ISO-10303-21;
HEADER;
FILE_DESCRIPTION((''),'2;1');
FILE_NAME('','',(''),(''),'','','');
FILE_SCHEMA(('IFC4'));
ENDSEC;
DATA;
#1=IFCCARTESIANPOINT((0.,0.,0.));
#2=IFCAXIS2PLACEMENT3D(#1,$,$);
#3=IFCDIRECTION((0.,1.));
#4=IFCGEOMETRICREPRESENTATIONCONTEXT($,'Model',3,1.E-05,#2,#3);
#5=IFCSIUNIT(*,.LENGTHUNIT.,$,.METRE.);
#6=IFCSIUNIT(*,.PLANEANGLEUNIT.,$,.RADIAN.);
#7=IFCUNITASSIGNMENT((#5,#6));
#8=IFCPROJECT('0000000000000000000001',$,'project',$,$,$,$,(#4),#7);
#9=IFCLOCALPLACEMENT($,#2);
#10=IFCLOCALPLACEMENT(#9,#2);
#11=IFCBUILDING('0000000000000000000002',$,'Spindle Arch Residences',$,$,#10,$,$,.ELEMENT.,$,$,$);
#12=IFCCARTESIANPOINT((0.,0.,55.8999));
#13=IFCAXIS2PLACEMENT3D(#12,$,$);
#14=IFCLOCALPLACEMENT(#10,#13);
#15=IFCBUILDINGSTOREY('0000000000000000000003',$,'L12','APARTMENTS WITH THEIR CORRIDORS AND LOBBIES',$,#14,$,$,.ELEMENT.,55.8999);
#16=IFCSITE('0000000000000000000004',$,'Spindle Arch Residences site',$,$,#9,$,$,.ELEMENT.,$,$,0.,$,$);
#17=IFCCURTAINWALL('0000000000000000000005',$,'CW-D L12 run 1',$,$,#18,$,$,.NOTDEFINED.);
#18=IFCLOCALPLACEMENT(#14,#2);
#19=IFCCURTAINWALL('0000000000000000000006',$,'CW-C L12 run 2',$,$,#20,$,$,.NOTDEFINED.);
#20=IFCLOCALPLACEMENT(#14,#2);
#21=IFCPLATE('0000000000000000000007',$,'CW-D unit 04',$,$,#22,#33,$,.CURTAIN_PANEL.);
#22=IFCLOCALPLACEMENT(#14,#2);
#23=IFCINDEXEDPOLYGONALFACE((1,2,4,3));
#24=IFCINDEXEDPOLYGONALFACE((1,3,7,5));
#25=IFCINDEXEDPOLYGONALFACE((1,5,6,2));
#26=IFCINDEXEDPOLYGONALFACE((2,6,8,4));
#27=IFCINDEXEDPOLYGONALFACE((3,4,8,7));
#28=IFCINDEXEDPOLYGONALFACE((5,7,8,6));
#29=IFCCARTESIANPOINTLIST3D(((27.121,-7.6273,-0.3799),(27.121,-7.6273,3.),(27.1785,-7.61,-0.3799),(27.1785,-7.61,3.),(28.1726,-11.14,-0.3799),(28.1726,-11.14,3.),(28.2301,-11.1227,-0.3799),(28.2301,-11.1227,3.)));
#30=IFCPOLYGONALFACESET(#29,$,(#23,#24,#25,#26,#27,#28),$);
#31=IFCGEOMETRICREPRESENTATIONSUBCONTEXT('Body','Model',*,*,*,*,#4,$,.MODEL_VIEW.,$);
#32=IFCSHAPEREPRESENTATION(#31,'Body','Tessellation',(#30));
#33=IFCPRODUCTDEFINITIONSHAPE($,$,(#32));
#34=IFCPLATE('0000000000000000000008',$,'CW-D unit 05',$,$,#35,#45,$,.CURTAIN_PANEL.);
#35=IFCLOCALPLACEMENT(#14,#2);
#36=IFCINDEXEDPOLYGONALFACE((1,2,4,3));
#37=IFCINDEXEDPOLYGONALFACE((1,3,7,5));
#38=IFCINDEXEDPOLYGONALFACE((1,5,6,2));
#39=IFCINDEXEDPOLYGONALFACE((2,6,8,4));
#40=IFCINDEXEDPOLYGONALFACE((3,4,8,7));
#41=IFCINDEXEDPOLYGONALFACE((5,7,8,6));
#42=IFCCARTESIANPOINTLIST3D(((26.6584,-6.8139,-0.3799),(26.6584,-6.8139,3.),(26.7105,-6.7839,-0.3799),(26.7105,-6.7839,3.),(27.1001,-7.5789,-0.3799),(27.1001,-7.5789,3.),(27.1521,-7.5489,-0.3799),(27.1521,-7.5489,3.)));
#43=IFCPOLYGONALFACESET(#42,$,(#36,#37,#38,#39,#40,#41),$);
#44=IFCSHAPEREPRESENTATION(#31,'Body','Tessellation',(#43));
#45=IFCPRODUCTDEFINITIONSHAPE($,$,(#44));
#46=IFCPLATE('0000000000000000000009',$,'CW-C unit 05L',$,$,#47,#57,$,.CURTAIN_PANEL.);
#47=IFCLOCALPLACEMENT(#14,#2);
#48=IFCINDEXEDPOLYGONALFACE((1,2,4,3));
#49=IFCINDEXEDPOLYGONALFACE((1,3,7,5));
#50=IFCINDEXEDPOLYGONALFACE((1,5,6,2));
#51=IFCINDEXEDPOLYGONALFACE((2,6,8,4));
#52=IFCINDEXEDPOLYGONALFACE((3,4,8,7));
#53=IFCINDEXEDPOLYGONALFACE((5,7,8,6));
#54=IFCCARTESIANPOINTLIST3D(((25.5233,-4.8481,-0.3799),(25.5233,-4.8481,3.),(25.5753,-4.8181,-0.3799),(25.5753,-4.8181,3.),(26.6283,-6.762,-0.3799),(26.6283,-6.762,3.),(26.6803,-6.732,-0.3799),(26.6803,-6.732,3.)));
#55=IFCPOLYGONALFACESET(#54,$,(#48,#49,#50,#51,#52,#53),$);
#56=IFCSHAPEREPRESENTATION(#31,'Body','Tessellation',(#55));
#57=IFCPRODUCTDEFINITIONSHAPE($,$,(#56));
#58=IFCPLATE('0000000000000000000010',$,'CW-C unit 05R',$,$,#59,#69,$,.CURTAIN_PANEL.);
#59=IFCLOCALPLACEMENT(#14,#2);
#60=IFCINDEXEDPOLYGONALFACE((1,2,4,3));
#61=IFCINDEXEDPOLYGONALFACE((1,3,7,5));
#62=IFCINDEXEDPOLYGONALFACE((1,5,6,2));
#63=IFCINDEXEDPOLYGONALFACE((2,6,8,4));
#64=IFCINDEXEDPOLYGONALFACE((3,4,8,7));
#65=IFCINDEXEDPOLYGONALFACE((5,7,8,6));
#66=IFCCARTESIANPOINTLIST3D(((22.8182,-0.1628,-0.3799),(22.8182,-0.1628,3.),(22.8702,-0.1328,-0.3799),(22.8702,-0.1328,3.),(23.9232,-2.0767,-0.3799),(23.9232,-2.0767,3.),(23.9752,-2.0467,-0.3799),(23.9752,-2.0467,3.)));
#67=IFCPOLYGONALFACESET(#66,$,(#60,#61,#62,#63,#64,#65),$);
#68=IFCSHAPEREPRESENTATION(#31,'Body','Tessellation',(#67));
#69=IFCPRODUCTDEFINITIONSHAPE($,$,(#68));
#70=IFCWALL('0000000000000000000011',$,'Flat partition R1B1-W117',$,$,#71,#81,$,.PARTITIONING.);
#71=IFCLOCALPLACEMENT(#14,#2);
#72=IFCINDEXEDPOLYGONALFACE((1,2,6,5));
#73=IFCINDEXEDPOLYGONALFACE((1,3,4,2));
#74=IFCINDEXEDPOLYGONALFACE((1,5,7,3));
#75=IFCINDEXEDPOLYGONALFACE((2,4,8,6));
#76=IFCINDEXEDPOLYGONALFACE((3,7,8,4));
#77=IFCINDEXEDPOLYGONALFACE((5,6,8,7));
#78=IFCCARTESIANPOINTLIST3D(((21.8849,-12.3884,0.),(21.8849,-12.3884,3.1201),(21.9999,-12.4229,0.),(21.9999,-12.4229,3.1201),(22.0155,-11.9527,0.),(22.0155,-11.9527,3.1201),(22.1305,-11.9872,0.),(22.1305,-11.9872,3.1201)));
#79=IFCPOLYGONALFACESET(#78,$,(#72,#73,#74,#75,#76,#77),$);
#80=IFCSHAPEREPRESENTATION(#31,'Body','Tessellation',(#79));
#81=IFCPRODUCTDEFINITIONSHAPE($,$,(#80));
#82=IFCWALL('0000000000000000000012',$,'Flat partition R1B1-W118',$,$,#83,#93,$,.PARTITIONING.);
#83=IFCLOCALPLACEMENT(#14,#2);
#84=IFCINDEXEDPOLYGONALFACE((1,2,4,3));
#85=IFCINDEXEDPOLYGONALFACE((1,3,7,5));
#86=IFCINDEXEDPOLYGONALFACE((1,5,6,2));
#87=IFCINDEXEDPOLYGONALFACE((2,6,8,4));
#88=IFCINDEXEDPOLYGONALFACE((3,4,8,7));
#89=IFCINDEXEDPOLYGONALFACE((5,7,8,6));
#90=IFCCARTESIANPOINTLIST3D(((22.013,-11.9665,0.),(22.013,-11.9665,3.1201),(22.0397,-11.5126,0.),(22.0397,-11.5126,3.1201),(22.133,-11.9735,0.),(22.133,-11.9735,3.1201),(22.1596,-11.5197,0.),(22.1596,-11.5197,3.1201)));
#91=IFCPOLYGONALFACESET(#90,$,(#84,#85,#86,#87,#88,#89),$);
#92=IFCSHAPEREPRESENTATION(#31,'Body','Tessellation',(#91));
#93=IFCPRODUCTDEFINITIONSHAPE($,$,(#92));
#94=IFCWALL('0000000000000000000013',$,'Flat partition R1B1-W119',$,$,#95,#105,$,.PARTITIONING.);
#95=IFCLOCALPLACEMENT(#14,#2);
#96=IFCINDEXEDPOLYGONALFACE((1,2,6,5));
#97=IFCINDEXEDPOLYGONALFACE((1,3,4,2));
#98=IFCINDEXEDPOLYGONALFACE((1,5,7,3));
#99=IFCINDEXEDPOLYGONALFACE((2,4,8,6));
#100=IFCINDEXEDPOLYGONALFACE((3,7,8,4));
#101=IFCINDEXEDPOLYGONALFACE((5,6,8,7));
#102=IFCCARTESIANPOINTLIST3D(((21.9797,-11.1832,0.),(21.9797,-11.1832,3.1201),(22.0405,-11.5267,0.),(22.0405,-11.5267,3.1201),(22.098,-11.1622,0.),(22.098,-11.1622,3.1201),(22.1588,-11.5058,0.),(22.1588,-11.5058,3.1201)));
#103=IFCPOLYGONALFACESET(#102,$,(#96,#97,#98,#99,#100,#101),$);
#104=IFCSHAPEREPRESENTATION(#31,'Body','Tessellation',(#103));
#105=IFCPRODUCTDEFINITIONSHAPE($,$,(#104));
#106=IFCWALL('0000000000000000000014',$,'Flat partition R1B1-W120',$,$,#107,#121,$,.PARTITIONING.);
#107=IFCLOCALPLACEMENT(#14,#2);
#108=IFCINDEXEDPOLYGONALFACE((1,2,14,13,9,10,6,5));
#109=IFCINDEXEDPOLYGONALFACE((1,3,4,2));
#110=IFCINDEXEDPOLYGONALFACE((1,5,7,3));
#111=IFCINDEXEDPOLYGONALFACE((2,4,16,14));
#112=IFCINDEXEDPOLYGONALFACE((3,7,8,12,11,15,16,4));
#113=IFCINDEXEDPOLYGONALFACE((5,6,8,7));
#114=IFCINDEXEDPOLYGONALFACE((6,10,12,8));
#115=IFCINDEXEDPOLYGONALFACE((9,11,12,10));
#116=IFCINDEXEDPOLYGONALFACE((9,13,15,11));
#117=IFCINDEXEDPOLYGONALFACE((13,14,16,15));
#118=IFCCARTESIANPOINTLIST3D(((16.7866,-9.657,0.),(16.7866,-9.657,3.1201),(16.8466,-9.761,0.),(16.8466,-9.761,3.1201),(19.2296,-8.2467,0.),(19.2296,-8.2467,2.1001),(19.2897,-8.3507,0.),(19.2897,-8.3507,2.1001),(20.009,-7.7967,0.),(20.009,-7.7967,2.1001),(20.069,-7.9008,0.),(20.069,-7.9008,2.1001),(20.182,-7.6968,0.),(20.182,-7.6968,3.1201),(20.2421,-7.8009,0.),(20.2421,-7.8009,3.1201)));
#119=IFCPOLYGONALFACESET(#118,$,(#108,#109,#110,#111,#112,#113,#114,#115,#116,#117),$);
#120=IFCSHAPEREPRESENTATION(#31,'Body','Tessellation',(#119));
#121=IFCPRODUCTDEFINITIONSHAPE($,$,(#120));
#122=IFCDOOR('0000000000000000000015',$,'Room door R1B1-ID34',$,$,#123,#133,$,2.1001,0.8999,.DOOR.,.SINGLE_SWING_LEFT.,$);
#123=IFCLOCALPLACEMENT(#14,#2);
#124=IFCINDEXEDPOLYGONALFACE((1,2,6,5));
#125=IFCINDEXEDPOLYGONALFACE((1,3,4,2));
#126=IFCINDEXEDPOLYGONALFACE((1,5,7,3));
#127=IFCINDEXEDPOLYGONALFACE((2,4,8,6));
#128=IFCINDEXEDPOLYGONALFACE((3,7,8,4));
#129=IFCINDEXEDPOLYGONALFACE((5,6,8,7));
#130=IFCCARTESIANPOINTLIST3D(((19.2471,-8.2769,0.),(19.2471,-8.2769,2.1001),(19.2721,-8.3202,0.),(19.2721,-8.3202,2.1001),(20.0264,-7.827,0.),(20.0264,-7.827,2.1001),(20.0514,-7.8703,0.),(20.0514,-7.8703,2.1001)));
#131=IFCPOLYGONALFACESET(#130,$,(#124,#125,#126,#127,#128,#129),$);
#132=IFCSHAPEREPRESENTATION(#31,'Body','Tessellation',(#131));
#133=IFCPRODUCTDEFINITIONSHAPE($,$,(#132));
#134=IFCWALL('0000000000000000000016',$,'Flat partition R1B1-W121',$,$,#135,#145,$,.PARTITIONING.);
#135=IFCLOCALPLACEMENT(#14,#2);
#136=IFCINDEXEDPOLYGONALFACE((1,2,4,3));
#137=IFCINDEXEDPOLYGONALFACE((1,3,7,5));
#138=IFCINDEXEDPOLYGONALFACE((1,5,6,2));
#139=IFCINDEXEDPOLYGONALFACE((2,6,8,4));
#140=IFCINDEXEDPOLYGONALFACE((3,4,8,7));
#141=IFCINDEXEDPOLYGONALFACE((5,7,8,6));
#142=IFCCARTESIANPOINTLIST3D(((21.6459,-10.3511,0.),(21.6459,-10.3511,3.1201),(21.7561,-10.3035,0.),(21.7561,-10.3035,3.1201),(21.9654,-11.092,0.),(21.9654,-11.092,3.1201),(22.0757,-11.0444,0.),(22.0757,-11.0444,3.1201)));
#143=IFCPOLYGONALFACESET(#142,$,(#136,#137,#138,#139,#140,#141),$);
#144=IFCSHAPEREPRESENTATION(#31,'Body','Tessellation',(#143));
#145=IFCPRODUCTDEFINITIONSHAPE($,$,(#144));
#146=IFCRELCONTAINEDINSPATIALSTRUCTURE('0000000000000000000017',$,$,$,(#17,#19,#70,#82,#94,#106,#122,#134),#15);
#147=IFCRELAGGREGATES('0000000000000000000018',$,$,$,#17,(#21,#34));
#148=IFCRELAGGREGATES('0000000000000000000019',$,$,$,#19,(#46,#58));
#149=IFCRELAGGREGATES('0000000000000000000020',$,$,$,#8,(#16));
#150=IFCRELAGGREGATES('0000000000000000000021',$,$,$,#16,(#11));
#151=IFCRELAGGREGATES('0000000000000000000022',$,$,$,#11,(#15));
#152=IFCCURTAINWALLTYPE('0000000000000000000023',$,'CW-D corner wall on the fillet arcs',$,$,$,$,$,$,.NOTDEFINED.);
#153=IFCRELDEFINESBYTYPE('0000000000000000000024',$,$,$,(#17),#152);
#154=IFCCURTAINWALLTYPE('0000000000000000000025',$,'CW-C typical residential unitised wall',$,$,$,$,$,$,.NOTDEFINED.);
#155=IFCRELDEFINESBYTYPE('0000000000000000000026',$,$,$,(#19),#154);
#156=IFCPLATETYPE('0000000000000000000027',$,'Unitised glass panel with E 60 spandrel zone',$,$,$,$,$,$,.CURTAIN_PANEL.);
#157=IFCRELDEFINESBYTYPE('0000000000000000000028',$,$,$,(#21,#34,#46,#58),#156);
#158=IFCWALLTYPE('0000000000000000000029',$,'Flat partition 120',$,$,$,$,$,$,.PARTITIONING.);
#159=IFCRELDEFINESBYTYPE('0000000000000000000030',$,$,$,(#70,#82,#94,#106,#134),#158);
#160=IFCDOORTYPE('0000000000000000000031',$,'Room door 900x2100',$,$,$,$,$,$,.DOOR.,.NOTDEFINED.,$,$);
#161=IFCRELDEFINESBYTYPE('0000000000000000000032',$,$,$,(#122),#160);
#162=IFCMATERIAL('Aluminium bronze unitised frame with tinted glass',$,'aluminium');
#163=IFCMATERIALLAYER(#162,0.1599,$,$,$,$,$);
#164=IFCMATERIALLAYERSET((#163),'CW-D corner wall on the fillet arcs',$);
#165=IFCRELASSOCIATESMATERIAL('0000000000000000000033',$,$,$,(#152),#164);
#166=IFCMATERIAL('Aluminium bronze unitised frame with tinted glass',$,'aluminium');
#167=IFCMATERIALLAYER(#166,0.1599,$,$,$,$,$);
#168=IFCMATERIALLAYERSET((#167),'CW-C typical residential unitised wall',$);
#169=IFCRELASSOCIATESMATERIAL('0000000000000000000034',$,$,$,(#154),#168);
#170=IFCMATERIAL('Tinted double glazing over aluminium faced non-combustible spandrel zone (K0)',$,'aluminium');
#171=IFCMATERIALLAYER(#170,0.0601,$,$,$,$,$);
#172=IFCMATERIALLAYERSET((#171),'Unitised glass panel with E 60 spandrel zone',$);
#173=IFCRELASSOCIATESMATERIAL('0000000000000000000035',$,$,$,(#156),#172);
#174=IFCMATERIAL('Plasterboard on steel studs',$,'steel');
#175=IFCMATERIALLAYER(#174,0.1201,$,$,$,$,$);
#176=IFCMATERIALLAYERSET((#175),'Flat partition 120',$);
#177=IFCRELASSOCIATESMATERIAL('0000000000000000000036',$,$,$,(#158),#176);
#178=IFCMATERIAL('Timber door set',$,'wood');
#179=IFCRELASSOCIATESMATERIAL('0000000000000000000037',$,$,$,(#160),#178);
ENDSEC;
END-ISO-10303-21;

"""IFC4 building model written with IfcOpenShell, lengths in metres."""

from ifc_helpers import new_model, si_unit, direction, frame, frame_2d, origin, origin_2d, place, context, subcontext, project, spatial, rectangle, extrude, material, layer, layer_set, type_object, element, fill, aggregate, save


model = new_model("IFC4")

# Units and contexts
model_context = context("Model", 3, precision=1e-05, world=origin(), true_north=direction((0.0, 1.0)))
body_context = subcontext(model_context, "Body", "Model", "MODEL_VIEW")
ifc_project = project(units=[si_unit("LENGTHUNIT", "METRE"), si_unit("PLANEANGLEUNIT", "RADIAN")], contexts=[model_context])

# Site, building, storey
site_placement = place(None, origin())
site = spatial("IfcSite", under=ifc_project, at=site_placement, Name="Spindle Arch Residences site", CompositionType="ELEMENT", RefElevation=0.0)
building_placement = place(site_placement, origin())
building = spatial("IfcBuilding", under=site, at=building_placement, Name="Spindle Arch Residences", CompositionType="ELEMENT")
storey_placement = place(building_placement, frame((0.0, 0.0, 55.8999)))
storey = spatial("IfcBuildingStorey", under=building, at=storey_placement, Name="L12", Description="APARTMENTS WITH THEIR CORRIDORS AND LOBBIES", CompositionType="ELEMENT", Elevation=55.8999)

# Curtain walls
ifc_material_1 = material(Name="Aluminium bronze unitised frame with tinted glass", Category="aluminium")
ifc_layer_1 = layer(ifc_material_1, 0.1599)
ifc_layer_set_1 = layer_set([ifc_layer_1], Name="CW-D corner wall on the fillet arcs")
curtain_wall_type_1 = type_object("IfcCurtainWallType", Name="CW-D corner wall on the fillet arcs", PredefinedType="NOTDEFINED", material=ifc_layer_set_1)
curtain_wall_1_placement = place(storey_placement, origin())
curtain_wall_1 = element("IfcCurtainWall", 1, at=curtain_wall_1_placement, inside=storey, type_object=curtain_wall_type_1, Name="CW-D L12 run 1", PredefinedType="NOTDEFINED")
ifc_material_2 = material(Name="Aluminium bronze unitised frame with tinted glass", Category="aluminium")
ifc_layer_2 = layer(ifc_material_2, 0.1599)
ifc_layer_set_2 = layer_set([ifc_layer_2], Name="CW-C typical residential unitised wall")
curtain_wall_type_2 = type_object("IfcCurtainWallType", Name="CW-C typical residential unitised wall", PredefinedType="NOTDEFINED", material=ifc_layer_set_2)
curtain_wall_2_placement = place(storey_placement, origin())
curtain_wall_2 = element("IfcCurtainWall", 2, at=curtain_wall_2_placement, inside=storey, type_object=curtain_wall_type_2, Name="CW-C L12 run 2", PredefinedType="NOTDEFINED")

# Plates
ifc_material_3 = material(Name="Tinted double glazing over aluminium faced non-combustible spandrel zone (K0)", Category="aluminium")
ifc_layer_3 = layer(ifc_material_3, 0.0601)
ifc_layer_set_3 = layer_set([ifc_layer_3], Name="Unitised glass panel with E 60 spandrel zone")
plate_type = type_object("IfcPlateType", Name="Unitised glass panel with E 60 spandrel zone", PredefinedType="CURTAIN_PANEL", material=ifc_layer_set_3)
plate_1_placement = place(storey_placement, frame((27.6755, -9.375, -0.3799), z_axis=(0.0, 0.0, 1.0), x_axis=(-0.286803, 0.95799, 0.0)))
plate_1 = element("IfcPlate", 3, at=plate_1_placement, type_object=plate_type, Name="CW-D unit 04", PredefinedType="CURTAIN_PANEL", context=body_context, shape_type="SweptSolid", body=[
    extrude(rectangle(XDim=3.6667, YDim=0.0601, at=origin_2d()), origin(), (0.0, 0.0, 1.0), 3.3799),
])
plate_2_placement = place(storey_placement, frame((26.9053, -7.1814, -0.3799), z_axis=(0.0, 0.0, 1.0), x_axis=(-0.5, 0.866025, 0.0)))
plate_2 = element("IfcPlate", 4, at=plate_2_placement, type_object=plate_type, Name="CW-D unit 05", PredefinedType="CURTAIN_PANEL", context=body_context, shape_type="SweptSolid", body=[
    extrude(rectangle(XDim=0.8833, YDim=0.0601, at=origin_2d()), origin(), (0.0, 0.0, 1.0), 3.3799),
])
aggregate(curtain_wall_1, [plate_1, plate_2])
plate_3_placement = place(storey_placement, frame((26.1018, -5.79, -0.3799), z_axis=(0.0, 0.0, 1.0), x_axis=(-0.5, 0.866025, 0.0)))
plate_3 = element("IfcPlate", 5, at=plate_3_placement, type_object=plate_type, Name="CW-C unit 05L", PredefinedType="CURTAIN_PANEL", context=body_context, shape_type="SweptSolid", body=[
    extrude(rectangle(XDim=2.21, YDim=0.0601, at=origin_2d()), origin(), (0.0, 0.0, 1.0), 3.3799),
])
plate_4_placement = place(storey_placement, frame((23.3967, -1.1047, -0.3799), z_axis=(0.0, 0.0, 1.0), x_axis=(-0.5, 0.866025, 0.0)))
plate_4 = element("IfcPlate", 6, at=plate_4_placement, type_object=plate_type, Name="CW-C unit 05R", PredefinedType="CURTAIN_PANEL", context=body_context, shape_type="SweptSolid", body=[
    extrude(rectangle(XDim=2.21, YDim=0.0601, at=origin_2d()), origin(), (0.0, 0.0, 1.0), 3.3799),
])
aggregate(curtain_wall_2, [plate_3, plate_4])

# Walls
ifc_material_4 = material(Name="Plasterboard on steel studs", Category="steel")
ifc_layer_4 = layer(ifc_material_4, 0.1201)
ifc_layer_set_4 = layer_set([ifc_layer_4], Name="Flat partition 120")
wall_type_1 = type_object("IfcWallType", Name="Flat partition 120", PredefinedType="PARTITIONING", material=ifc_layer_set_4)
wall_1_placement = place(storey_placement, frame((21.9424, -12.4058, 0.0), z_axis=(0.0, 0.0, 1.0), x_axis=(0.287102, 0.9579, 0.0)))
element("IfcWall", 7, at=wall_1_placement, inside=storey, type_object=wall_type_1, Name="Flat partition R1B1-W117", PredefinedType="PARTITIONING", context=body_context, shape_type="SweptSolid", body=[
    extrude(rectangle(XDim=0.4548, YDim=0.1201, at=frame_2d((0.2275, 0.0))), origin(), (0.0, 0.0, 1.0), 3.1201),
])
wall_2_placement = place(storey_placement, frame((22.073, -11.97, 0.0), z_axis=(0.0, 0.0, 1.0), x_axis=(0.058533, 0.998285, 0.0)))
element("IfcWall", 8, at=wall_2_placement, inside=storey, type_object=wall_type_1, Name="Flat partition R1B1-W118", PredefinedType="PARTITIONING", context=body_context, shape_type="SweptSolid", body=[
    extrude(rectangle(XDim=0.4546, YDim=0.1201, at=frame_2d((0.2273, 0.0))), origin(), (0.0, 0.0, 1.0), 3.1201),
])
wall_3_placement = place(storey_placement, frame((22.0996, -11.5161, 0.0), z_axis=(0.0, 0.0, 1.0), x_axis=(-0.174264, 0.984699, 0.0)))
element("IfcWall", 9, at=wall_3_placement, inside=storey, type_object=wall_type_1, Name="Flat partition R1B1-W119", PredefinedType="PARTITIONING", context=body_context, shape_type="SweptSolid", body=[
    extrude(rectangle(XDim=0.3489, YDim=0.1201, at=frame_2d((0.1743, 0.0))), origin(), (0.0, 0.0, 1.0), 3.1201),
])

# Wall, opening, door
wall_4_placement = place(storey_placement, frame((20.2122, -7.7488, 0.0), z_axis=(0.0, 0.0, 1.0), x_axis=(-0.866047, -0.499963, 0.0)))
wall_4 = element("IfcWall", 10, at=wall_4_placement, inside=storey, type_object=wall_type_1, Name="Flat partition R1B1-W120", PredefinedType="PARTITIONING", context=body_context, shape_type="SweptSolid", body=[
    extrude(rectangle(XDim=3.9207, YDim=0.1201, at=frame_2d((1.9604, 0.0))), origin(), (0.0, 0.0, 1.0), 3.1201),
])
opening_1_placement = place(wall_4_placement, frame((0.2, 0.0, 0.0)))
opening_1 = element("IfcOpeningElement", 11, at=opening_1_placement, cuts=wall_4, PredefinedType="OPENING", context=body_context, shape_type="SweptSolid", body=[
    extrude(rectangle(XDim=0.8999, YDim=2.1001, at=frame_2d((0.45, 1.05))), frame((0.0, 0.0701, 0.0), z_axis=(0.0, -1.0, 0.0), x_axis=(1.0, 0.0, 0.0)), (0.0, 0.0, 1.0), 0.1401),
])
ifc_material_5 = material(Name="Timber door set", Category="wood")
door_type_1 = type_object("IfcDoorType", Name="Room door 900x2100", OperationType="NOTDEFINED", PredefinedType="DOOR", material=ifc_material_5)
door_1_placement = place(opening_1_placement, origin())
door_1 = element("IfcDoor", 12, at=door_1_placement, inside=storey, type_object=door_type_1, Name="Room door R1B1-ID34", OperationType="SINGLE_SWING_LEFT", OverallHeight=2.1001, OverallWidth=0.8999, PredefinedType="DOOR", context=body_context, shape_type="SweptSolid", body=[
    extrude(rectangle(XDim=0.8999, YDim=2.1001, at=frame_2d((0.45, 1.05))), frame((0.0, 0.0249, 0.0), z_axis=(0.0, -1.0, 0.0), x_axis=(1.0, 0.0, 0.0)), (0.0, 0.0, 1.0), 0.05),
])
fill(opening_1, door_1)

# Wall
wall_5_placement = place(storey_placement, frame((22.0205, -11.0681, 0.0), z_axis=(0.0, 0.0, 1.0), x_axis=(-0.396036, 0.918235, 0.0)))
element("IfcWall", 13, at=wall_5_placement, inside=storey, type_object=wall_type_1, Name="Flat partition R1B1-W121", PredefinedType="PARTITIONING", context=body_context, shape_type="SweptSolid", body=[
    extrude(rectangle(XDim=0.8069, YDim=0.1201, at=frame_2d((0.4033, 0.0))), origin(), (0.0, 0.0, 1.0), 3.1201),
])

save(model, "model.ifc")
